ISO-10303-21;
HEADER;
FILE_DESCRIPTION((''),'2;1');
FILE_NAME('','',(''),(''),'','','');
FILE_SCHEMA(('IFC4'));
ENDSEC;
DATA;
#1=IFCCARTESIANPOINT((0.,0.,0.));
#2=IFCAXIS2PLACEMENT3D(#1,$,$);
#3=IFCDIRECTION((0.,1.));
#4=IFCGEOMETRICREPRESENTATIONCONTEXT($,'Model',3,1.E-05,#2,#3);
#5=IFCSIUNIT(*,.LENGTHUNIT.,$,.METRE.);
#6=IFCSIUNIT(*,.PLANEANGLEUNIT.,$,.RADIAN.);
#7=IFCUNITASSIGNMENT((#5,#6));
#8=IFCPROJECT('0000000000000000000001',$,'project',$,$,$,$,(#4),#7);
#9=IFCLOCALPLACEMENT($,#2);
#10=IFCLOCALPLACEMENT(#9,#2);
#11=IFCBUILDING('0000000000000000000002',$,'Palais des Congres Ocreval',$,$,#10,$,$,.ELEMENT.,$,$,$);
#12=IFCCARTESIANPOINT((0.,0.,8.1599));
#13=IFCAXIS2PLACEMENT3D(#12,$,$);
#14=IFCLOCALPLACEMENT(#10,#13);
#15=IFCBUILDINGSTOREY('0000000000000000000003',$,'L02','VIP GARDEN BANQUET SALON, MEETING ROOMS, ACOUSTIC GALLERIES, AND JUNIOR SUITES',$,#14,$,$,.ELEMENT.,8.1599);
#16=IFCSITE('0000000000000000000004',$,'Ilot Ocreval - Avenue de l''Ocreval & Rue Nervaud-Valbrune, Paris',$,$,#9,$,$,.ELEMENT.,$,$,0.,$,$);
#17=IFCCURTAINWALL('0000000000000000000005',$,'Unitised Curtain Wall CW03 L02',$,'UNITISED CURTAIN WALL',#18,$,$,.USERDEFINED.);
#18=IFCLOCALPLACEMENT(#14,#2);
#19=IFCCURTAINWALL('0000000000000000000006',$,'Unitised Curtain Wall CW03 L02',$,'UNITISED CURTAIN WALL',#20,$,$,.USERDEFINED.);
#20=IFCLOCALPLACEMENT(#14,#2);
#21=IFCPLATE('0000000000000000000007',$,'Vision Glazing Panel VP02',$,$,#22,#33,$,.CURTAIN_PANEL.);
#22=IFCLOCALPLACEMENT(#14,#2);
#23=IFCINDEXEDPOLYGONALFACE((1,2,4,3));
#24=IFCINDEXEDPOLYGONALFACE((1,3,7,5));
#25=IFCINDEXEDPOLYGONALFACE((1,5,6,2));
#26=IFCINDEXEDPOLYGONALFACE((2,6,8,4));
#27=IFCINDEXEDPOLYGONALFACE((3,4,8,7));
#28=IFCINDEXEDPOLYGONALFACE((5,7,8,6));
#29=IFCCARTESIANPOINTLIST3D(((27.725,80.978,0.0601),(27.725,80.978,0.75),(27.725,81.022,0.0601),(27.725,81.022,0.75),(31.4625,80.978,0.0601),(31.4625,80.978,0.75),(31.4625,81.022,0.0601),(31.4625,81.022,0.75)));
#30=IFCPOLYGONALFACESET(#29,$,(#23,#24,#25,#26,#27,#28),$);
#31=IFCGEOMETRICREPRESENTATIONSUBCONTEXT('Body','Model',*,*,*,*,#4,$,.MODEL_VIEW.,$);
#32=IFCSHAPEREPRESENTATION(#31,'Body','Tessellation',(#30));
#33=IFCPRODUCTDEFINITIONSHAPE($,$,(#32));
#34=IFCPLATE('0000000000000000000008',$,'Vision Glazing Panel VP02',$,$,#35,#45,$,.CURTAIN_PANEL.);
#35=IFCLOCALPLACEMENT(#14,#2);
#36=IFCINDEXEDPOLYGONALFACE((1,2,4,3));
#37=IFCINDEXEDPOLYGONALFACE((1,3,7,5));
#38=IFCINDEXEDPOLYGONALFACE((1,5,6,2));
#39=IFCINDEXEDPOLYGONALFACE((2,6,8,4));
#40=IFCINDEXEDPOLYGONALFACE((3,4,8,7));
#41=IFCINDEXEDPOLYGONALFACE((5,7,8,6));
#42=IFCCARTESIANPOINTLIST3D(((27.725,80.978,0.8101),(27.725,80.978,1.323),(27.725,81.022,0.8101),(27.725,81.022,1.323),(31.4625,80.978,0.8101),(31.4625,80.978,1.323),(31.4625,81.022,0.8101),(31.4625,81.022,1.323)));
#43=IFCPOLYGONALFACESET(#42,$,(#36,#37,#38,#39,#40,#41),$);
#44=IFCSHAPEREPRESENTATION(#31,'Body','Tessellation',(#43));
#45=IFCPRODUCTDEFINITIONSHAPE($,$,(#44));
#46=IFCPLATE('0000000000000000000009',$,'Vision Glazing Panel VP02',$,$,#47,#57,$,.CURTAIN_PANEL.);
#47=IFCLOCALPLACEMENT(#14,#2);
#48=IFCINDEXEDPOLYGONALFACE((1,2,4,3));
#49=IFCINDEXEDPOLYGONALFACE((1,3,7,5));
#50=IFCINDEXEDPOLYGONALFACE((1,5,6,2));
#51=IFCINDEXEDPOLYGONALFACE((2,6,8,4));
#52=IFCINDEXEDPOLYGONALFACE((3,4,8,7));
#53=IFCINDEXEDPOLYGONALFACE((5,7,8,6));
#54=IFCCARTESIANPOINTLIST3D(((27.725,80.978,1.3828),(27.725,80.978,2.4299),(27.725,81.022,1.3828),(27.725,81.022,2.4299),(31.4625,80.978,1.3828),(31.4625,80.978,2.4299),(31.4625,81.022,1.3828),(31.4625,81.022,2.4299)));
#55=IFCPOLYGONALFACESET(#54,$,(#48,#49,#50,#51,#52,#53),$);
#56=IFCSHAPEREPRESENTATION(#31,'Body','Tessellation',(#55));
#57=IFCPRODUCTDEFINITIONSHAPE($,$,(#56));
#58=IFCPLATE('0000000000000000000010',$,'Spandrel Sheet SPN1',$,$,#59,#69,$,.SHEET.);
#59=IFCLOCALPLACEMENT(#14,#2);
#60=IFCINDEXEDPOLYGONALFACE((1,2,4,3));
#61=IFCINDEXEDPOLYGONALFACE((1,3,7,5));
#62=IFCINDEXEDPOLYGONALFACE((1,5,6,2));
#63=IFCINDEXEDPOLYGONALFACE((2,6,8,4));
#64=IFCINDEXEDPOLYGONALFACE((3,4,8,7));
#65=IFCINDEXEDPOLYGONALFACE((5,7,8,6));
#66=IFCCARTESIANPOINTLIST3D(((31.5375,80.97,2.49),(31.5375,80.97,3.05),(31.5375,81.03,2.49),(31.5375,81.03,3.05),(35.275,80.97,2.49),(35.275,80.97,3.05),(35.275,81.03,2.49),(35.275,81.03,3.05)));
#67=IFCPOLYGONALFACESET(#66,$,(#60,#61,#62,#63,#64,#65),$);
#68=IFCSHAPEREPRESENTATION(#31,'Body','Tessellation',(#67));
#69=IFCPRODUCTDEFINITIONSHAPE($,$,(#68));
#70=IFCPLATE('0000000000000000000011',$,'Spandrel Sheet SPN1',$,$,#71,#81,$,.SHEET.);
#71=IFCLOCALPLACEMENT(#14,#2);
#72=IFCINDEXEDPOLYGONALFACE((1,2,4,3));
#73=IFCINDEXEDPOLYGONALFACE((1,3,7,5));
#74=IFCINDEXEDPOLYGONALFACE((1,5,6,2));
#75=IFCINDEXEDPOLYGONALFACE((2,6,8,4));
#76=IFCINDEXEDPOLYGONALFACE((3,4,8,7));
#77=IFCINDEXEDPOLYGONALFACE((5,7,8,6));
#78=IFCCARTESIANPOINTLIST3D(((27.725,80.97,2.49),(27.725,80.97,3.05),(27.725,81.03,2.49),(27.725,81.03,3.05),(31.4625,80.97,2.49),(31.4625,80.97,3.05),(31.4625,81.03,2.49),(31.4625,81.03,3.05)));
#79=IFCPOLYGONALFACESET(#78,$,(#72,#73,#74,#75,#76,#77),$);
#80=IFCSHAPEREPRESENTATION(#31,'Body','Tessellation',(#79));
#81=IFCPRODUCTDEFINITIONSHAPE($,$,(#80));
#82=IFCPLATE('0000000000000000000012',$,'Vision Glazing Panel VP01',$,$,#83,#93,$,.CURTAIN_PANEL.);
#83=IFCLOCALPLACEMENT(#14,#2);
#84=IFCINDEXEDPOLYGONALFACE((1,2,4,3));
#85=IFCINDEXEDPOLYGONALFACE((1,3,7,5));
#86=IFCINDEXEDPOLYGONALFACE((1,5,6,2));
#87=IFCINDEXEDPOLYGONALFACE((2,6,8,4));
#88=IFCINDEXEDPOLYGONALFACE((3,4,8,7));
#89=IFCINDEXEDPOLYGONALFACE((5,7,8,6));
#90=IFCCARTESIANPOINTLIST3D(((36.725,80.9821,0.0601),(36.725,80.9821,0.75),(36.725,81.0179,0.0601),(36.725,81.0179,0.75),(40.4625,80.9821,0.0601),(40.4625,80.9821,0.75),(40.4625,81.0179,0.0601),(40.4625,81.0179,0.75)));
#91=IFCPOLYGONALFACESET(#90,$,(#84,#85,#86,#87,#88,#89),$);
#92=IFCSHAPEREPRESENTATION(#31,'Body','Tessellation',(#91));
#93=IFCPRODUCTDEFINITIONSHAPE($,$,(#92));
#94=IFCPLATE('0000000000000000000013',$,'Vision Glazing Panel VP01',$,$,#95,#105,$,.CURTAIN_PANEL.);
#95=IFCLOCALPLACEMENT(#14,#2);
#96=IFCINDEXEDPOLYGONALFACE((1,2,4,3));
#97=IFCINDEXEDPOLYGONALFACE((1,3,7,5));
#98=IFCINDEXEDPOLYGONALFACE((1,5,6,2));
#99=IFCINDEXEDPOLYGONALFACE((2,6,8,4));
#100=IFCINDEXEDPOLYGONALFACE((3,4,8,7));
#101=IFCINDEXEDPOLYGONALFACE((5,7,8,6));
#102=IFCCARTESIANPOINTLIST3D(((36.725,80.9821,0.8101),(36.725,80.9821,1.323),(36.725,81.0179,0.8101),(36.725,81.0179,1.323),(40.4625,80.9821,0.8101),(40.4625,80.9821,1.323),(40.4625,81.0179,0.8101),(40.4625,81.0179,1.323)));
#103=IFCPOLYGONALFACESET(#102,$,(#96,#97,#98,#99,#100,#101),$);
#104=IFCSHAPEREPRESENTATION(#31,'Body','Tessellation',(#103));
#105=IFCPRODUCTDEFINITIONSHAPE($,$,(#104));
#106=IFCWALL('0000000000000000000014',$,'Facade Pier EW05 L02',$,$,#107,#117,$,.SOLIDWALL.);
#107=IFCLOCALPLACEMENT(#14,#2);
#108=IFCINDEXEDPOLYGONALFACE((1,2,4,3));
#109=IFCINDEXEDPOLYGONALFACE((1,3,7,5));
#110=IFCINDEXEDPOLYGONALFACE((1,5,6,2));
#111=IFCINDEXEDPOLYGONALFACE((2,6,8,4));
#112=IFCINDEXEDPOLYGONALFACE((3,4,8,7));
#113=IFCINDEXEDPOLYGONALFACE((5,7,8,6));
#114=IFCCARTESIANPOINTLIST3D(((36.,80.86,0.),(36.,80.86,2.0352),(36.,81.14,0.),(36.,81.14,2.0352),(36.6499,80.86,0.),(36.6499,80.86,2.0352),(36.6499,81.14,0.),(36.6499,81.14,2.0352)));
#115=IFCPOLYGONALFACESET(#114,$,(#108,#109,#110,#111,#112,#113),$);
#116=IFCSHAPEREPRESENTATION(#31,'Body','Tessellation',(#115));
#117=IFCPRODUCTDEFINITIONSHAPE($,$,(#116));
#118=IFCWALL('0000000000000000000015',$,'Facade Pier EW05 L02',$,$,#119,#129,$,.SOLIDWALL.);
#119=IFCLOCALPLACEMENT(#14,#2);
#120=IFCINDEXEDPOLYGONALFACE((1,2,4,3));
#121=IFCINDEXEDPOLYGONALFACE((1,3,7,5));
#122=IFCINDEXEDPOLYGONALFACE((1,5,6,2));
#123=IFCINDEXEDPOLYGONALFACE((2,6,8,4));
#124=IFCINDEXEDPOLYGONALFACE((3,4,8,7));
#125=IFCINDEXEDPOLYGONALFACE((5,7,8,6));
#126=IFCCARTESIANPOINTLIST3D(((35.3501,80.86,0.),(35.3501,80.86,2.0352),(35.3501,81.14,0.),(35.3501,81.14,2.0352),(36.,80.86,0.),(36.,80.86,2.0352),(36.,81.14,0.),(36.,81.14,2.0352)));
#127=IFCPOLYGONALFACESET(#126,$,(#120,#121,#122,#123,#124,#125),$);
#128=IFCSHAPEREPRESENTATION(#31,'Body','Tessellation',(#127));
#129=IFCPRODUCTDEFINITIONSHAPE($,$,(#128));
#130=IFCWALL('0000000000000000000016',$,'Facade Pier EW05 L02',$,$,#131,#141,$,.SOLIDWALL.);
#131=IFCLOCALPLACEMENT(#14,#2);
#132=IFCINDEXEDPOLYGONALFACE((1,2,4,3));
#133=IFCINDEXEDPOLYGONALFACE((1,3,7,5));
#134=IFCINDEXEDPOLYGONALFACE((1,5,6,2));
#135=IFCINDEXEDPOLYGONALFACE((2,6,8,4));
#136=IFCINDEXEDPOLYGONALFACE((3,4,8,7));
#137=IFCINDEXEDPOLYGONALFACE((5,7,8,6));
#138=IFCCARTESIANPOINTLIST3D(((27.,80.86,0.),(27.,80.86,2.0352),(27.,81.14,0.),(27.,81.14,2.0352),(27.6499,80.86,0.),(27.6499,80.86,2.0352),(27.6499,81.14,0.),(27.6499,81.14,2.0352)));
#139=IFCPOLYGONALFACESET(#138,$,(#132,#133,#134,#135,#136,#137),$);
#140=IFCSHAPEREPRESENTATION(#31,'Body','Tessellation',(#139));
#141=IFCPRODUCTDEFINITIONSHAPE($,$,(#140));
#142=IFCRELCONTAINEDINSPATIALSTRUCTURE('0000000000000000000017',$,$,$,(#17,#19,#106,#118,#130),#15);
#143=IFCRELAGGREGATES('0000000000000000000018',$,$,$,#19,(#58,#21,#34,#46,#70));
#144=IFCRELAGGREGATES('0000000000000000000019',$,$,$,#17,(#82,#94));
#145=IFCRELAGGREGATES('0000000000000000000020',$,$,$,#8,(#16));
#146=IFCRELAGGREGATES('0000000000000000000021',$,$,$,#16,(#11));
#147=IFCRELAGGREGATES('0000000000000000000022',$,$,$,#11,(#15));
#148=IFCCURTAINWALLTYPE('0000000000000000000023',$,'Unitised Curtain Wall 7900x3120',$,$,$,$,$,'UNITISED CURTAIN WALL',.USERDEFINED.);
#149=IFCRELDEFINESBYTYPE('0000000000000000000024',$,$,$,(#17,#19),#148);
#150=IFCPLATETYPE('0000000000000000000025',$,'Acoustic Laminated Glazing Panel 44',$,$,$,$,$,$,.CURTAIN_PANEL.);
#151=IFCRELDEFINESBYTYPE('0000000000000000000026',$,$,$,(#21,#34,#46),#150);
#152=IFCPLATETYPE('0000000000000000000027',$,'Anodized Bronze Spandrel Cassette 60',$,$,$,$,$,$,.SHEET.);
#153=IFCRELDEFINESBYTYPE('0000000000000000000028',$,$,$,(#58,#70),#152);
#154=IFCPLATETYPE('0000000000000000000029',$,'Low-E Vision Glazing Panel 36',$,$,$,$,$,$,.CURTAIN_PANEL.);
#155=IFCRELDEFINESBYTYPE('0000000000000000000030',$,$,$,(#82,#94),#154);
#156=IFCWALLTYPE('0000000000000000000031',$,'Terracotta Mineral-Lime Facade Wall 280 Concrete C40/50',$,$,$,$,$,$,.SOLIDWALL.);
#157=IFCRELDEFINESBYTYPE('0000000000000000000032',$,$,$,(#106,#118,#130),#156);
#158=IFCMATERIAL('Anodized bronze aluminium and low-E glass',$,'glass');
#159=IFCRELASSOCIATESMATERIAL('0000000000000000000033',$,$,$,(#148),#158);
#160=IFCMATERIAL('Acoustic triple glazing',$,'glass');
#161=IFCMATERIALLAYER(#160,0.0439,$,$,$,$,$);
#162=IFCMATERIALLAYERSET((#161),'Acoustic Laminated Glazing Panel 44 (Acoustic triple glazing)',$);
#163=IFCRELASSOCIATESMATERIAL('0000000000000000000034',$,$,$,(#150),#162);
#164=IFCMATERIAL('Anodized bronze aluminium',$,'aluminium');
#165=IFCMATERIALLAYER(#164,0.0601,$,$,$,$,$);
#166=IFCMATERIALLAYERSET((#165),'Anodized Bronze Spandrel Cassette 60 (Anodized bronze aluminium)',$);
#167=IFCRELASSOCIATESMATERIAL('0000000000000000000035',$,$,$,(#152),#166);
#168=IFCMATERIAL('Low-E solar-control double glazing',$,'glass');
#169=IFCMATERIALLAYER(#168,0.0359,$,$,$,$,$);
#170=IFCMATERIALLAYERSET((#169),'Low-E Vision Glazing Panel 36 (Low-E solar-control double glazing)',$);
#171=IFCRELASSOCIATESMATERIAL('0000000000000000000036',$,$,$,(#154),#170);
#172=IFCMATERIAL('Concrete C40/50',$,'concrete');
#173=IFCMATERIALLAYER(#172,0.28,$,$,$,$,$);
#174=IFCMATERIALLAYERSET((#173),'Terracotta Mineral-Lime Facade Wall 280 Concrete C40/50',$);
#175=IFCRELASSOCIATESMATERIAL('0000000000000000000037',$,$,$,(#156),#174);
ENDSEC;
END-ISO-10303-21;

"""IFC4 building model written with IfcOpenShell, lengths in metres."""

from ifc_helpers import new_model, si_unit, direction, frame, frame_2d, origin, origin_2d, place, context, subcontext, project, spatial, rectangle, extrude, material, layer, layer_set, type_object, element, aggregate, save


model = new_model("IFC4")

# Units and contexts
model_context = context("Model", 3, precision=1e-05, world=origin(), true_north=direction((0.0, 1.0)))
body_context = subcontext(model_context, "Body", "Model", "MODEL_VIEW")
ifc_project = project(units=[si_unit("LENGTHUNIT", "METRE"), si_unit("PLANEANGLEUNIT", "RADIAN")], contexts=[model_context])

# Site, building, storey
site_placement = place(None, origin())
site = spatial("IfcSite", under=ifc_project, at=site_placement, Name="Ilot Ocreval - Avenue de l'Ocreval & Rue Nervaud-Valbrune, Paris", CompositionType="ELEMENT", RefElevation=0.0)
building_placement = place(site_placement, origin())
building = spatial("IfcBuilding", under=site, at=building_placement, Name="Palais des Congres Ocreval", CompositionType="ELEMENT")
storey_placement = place(building_placement, frame((0.0, 0.0, 8.1599)))
storey = spatial("IfcBuildingStorey", under=building, at=storey_placement, Name="L02", Description="VIP GARDEN BANQUET SALON, MEETING ROOMS, ACOUSTIC GALLERIES, AND JUNIOR SUITES", CompositionType="ELEMENT", Elevation=8.1599)

# Curtain wall
ifc_material_1 = material(Name="Anodized bronze aluminium and low-E glass", Category="glass")
curtain_wall_type = type_object("IfcCurtainWallType", Name="Unitised Curtain Wall 7900x3120", ElementType="UNITISED CURTAIN WALL", PredefinedType="USERDEFINED", material=ifc_material_1)
curtain_wall_1_placement = place(storey_placement, origin())
curtain_wall_1 = element("IfcCurtainWall", 1, at=curtain_wall_1_placement, inside=storey, type_object=curtain_wall_type, Name="Unitised Curtain Wall CW03 L02", ObjectType="UNITISED CURTAIN WALL", PredefinedType="USERDEFINED")
ifc_material_2 = material(Name="Anodized bronze aluminium", Category="aluminium")

# Curtain wall
curtain_wall_2_placement = place(storey_placement, origin())
curtain_wall_2 = element("IfcCurtainWall", 2, at=curtain_wall_2_placement, inside=storey, type_object=curtain_wall_type, Name="Unitised Curtain Wall CW03 L02", ObjectType="UNITISED CURTAIN WALL", PredefinedType="USERDEFINED")

# Plates
ifc_material_3 = material(Name="Acoustic triple glazing", Category="glass")
ifc_layer_1 = layer(ifc_material_3, 0.0439)
ifc_layer_set_1 = layer_set([ifc_layer_1], Name="Acoustic Laminated Glazing Panel 44 (Acoustic triple glazing)")
plate_type_1 = type_object("IfcPlateType", Name="Acoustic Laminated Glazing Panel 44", PredefinedType="CURTAIN_PANEL", material=ifc_layer_set_1)
plate_1_placement = place(storey_placement, frame((29.5938, 81.0, 0.0601), z_axis=(0.0, 0.0, 1.0), x_axis=(-1.0, 0.0, 0.0)))
plate_1 = element("IfcPlate", 3, at=plate_1_placement, type_object=plate_type_1, Name="Vision Glazing Panel VP02", PredefinedType="CURTAIN_PANEL", context=body_context, shape_type="SweptSolid", body=[
    extrude(rectangle(XDim=3.7375, YDim=0.0439, at=origin_2d()), origin(), (0.0, 0.0, 1.0), 0.6899),
])
plate_2_placement = place(storey_placement, frame((29.5938, 81.0, 0.8101), z_axis=(0.0, 0.0, 1.0), x_axis=(-1.0, 0.0, 0.0)))
plate_2 = element("IfcPlate", 4, at=plate_2_placement, type_object=plate_type_1, Name="Vision Glazing Panel VP02", PredefinedType="CURTAIN_PANEL", context=body_context, shape_type="SweptSolid", body=[
    extrude(rectangle(XDim=3.7375, YDim=0.0439, at=origin_2d()), origin(), (0.0, 0.0, 1.0), 0.5129),
])
plate_3_placement = place(storey_placement, frame((29.5938, 81.0, 1.3828), z_axis=(0.0, 0.0, 1.0), x_axis=(-1.0, 0.0, 0.0)))
plate_3 = element("IfcPlate", 5, at=plate_3_placement, type_object=plate_type_1, Name="Vision Glazing Panel VP02", PredefinedType="CURTAIN_PANEL", context=body_context, shape_type="SweptSolid", body=[
    extrude(rectangle(XDim=3.7375, YDim=0.0439, at=origin_2d()), origin(), (0.0, 0.0, 1.0), 1.0471),
])
ifc_layer_2 = layer(ifc_material_2, 0.0601)
ifc_layer_set_2 = layer_set([ifc_layer_2], Name="Anodized Bronze Spandrel Cassette 60 (Anodized bronze aluminium)")
plate_type_2 = type_object("IfcPlateType", Name="Anodized Bronze Spandrel Cassette 60", PredefinedType="SHEET", material=ifc_layer_set_2)
plate_4_placement = place(storey_placement, frame((33.4062, 81.0, 2.49), z_axis=(0.0, 0.0, 1.0), x_axis=(-1.0, 0.0, 0.0)))
plate_4 = element("IfcPlate", 6, at=plate_4_placement, type_object=plate_type_2, Name="Spandrel Sheet SPN1", PredefinedType="SHEET", context=body_context, shape_type="SweptSolid", body=[
    extrude(rectangle(XDim=3.7375, YDim=0.0601, at=origin_2d()), origin(), (0.0, 0.0, 1.0), 0.5601),
])
plate_5_placement = place(storey_placement, frame((29.5938, 81.0, 2.49), z_axis=(0.0, 0.0, 1.0), x_axis=(-1.0, 0.0, 0.0)))
plate_5 = element("IfcPlate", 7, at=plate_5_placement, type_object=plate_type_2, Name="Spandrel Sheet SPN1", PredefinedType="SHEET", context=body_context, shape_type="SweptSolid", body=[
    extrude(rectangle(XDim=3.7375, YDim=0.0601, at=origin_2d()), origin(), (0.0, 0.0, 1.0), 0.5601),
])
aggregate(curtain_wall_2, [plate_4, plate_1, plate_2, plate_3, plate_5])
ifc_material_4 = material(Name="Low-E solar-control double glazing", Category="glass")
ifc_layer_3 = layer(ifc_material_4, 0.0359)
ifc_layer_set_3 = layer_set([ifc_layer_3], Name="Low-E Vision Glazing Panel 36 (Low-E solar-control double glazing)")
plate_type_3 = type_object("IfcPlateType", Name="Low-E Vision Glazing Panel 36", PredefinedType="CURTAIN_PANEL", material=ifc_layer_set_3)
plate_6_placement = place(storey_placement, frame((38.5938, 81.0, 0.0601), z_axis=(0.0, 0.0, 1.0), x_axis=(-1.0, 0.0, 0.0)))
plate_6 = element("IfcPlate", 8, at=plate_6_placement, type_object=plate_type_3, Name="Vision Glazing Panel VP01", PredefinedType="CURTAIN_PANEL", context=body_context, shape_type="SweptSolid", body=[
    extrude(rectangle(XDim=3.7375, YDim=0.0359, at=origin_2d()), origin(), (0.0, 0.0, 1.0), 0.6899),
])
plate_7_placement = place(storey_placement, frame((38.5938, 81.0, 0.8101), z_axis=(0.0, 0.0, 1.0), x_axis=(-1.0, 0.0, 0.0)))
plate_7 = element("IfcPlate", 9, at=plate_7_placement, type_object=plate_type_3, Name="Vision Glazing Panel VP01", PredefinedType="CURTAIN_PANEL", context=body_context, shape_type="SweptSolid", body=[
    extrude(rectangle(XDim=3.7375, YDim=0.0359, at=origin_2d()), origin(), (0.0, 0.0, 1.0), 0.5129),
])
aggregate(curtain_wall_1, [plate_6, plate_7])

# Walls
ifc_material_5 = material(Name="Concrete C40/50", Category="concrete")
ifc_layer_4 = layer(ifc_material_5, 0.28)
ifc_layer_set_4 = layer_set([ifc_layer_4], Name="Terracotta Mineral-Lime Facade Wall 280 Concrete C40/50")
wall_type = type_object("IfcWallType", Name="Terracotta Mineral-Lime Facade Wall 280 Concrete C40/50", PredefinedType="SOLIDWALL", material=ifc_layer_set_4)
for number, where, z_axis, x_axis, name in (
    (10, (36.6499, 81.0, 0.0), (0.0, 0.0, 1.0), (-1.0, 0.0, 0.0), "Facade Pier EW05 L02"),
    (11, (36.0, 81.0, 0.0), (0.0, 0.0, 1.0), (-1.0, 0.0, 0.0), "Facade Pier EW05 L02"),
    (12, (27.6499, 81.0, 0.0), (0.0, 0.0, 1.0), (-1.0, 0.0, 0.0), "Facade Pier EW05 L02"),
):
    element("IfcWall", number, at=place(storey_placement, frame(where, z_axis=z_axis, x_axis=x_axis)), inside=storey, type_object=wall_type, Name=name, PredefinedType="SOLIDWALL", context=body_context, shape_type="SweptSolid", body=[
        extrude(rectangle(XDim=0.6499, YDim=0.28, at=frame_2d((0.325, 0.0))), origin(), (0.0, 0.0, 1.0), 2.0352),
    ])

save(model, "model.ifc")
